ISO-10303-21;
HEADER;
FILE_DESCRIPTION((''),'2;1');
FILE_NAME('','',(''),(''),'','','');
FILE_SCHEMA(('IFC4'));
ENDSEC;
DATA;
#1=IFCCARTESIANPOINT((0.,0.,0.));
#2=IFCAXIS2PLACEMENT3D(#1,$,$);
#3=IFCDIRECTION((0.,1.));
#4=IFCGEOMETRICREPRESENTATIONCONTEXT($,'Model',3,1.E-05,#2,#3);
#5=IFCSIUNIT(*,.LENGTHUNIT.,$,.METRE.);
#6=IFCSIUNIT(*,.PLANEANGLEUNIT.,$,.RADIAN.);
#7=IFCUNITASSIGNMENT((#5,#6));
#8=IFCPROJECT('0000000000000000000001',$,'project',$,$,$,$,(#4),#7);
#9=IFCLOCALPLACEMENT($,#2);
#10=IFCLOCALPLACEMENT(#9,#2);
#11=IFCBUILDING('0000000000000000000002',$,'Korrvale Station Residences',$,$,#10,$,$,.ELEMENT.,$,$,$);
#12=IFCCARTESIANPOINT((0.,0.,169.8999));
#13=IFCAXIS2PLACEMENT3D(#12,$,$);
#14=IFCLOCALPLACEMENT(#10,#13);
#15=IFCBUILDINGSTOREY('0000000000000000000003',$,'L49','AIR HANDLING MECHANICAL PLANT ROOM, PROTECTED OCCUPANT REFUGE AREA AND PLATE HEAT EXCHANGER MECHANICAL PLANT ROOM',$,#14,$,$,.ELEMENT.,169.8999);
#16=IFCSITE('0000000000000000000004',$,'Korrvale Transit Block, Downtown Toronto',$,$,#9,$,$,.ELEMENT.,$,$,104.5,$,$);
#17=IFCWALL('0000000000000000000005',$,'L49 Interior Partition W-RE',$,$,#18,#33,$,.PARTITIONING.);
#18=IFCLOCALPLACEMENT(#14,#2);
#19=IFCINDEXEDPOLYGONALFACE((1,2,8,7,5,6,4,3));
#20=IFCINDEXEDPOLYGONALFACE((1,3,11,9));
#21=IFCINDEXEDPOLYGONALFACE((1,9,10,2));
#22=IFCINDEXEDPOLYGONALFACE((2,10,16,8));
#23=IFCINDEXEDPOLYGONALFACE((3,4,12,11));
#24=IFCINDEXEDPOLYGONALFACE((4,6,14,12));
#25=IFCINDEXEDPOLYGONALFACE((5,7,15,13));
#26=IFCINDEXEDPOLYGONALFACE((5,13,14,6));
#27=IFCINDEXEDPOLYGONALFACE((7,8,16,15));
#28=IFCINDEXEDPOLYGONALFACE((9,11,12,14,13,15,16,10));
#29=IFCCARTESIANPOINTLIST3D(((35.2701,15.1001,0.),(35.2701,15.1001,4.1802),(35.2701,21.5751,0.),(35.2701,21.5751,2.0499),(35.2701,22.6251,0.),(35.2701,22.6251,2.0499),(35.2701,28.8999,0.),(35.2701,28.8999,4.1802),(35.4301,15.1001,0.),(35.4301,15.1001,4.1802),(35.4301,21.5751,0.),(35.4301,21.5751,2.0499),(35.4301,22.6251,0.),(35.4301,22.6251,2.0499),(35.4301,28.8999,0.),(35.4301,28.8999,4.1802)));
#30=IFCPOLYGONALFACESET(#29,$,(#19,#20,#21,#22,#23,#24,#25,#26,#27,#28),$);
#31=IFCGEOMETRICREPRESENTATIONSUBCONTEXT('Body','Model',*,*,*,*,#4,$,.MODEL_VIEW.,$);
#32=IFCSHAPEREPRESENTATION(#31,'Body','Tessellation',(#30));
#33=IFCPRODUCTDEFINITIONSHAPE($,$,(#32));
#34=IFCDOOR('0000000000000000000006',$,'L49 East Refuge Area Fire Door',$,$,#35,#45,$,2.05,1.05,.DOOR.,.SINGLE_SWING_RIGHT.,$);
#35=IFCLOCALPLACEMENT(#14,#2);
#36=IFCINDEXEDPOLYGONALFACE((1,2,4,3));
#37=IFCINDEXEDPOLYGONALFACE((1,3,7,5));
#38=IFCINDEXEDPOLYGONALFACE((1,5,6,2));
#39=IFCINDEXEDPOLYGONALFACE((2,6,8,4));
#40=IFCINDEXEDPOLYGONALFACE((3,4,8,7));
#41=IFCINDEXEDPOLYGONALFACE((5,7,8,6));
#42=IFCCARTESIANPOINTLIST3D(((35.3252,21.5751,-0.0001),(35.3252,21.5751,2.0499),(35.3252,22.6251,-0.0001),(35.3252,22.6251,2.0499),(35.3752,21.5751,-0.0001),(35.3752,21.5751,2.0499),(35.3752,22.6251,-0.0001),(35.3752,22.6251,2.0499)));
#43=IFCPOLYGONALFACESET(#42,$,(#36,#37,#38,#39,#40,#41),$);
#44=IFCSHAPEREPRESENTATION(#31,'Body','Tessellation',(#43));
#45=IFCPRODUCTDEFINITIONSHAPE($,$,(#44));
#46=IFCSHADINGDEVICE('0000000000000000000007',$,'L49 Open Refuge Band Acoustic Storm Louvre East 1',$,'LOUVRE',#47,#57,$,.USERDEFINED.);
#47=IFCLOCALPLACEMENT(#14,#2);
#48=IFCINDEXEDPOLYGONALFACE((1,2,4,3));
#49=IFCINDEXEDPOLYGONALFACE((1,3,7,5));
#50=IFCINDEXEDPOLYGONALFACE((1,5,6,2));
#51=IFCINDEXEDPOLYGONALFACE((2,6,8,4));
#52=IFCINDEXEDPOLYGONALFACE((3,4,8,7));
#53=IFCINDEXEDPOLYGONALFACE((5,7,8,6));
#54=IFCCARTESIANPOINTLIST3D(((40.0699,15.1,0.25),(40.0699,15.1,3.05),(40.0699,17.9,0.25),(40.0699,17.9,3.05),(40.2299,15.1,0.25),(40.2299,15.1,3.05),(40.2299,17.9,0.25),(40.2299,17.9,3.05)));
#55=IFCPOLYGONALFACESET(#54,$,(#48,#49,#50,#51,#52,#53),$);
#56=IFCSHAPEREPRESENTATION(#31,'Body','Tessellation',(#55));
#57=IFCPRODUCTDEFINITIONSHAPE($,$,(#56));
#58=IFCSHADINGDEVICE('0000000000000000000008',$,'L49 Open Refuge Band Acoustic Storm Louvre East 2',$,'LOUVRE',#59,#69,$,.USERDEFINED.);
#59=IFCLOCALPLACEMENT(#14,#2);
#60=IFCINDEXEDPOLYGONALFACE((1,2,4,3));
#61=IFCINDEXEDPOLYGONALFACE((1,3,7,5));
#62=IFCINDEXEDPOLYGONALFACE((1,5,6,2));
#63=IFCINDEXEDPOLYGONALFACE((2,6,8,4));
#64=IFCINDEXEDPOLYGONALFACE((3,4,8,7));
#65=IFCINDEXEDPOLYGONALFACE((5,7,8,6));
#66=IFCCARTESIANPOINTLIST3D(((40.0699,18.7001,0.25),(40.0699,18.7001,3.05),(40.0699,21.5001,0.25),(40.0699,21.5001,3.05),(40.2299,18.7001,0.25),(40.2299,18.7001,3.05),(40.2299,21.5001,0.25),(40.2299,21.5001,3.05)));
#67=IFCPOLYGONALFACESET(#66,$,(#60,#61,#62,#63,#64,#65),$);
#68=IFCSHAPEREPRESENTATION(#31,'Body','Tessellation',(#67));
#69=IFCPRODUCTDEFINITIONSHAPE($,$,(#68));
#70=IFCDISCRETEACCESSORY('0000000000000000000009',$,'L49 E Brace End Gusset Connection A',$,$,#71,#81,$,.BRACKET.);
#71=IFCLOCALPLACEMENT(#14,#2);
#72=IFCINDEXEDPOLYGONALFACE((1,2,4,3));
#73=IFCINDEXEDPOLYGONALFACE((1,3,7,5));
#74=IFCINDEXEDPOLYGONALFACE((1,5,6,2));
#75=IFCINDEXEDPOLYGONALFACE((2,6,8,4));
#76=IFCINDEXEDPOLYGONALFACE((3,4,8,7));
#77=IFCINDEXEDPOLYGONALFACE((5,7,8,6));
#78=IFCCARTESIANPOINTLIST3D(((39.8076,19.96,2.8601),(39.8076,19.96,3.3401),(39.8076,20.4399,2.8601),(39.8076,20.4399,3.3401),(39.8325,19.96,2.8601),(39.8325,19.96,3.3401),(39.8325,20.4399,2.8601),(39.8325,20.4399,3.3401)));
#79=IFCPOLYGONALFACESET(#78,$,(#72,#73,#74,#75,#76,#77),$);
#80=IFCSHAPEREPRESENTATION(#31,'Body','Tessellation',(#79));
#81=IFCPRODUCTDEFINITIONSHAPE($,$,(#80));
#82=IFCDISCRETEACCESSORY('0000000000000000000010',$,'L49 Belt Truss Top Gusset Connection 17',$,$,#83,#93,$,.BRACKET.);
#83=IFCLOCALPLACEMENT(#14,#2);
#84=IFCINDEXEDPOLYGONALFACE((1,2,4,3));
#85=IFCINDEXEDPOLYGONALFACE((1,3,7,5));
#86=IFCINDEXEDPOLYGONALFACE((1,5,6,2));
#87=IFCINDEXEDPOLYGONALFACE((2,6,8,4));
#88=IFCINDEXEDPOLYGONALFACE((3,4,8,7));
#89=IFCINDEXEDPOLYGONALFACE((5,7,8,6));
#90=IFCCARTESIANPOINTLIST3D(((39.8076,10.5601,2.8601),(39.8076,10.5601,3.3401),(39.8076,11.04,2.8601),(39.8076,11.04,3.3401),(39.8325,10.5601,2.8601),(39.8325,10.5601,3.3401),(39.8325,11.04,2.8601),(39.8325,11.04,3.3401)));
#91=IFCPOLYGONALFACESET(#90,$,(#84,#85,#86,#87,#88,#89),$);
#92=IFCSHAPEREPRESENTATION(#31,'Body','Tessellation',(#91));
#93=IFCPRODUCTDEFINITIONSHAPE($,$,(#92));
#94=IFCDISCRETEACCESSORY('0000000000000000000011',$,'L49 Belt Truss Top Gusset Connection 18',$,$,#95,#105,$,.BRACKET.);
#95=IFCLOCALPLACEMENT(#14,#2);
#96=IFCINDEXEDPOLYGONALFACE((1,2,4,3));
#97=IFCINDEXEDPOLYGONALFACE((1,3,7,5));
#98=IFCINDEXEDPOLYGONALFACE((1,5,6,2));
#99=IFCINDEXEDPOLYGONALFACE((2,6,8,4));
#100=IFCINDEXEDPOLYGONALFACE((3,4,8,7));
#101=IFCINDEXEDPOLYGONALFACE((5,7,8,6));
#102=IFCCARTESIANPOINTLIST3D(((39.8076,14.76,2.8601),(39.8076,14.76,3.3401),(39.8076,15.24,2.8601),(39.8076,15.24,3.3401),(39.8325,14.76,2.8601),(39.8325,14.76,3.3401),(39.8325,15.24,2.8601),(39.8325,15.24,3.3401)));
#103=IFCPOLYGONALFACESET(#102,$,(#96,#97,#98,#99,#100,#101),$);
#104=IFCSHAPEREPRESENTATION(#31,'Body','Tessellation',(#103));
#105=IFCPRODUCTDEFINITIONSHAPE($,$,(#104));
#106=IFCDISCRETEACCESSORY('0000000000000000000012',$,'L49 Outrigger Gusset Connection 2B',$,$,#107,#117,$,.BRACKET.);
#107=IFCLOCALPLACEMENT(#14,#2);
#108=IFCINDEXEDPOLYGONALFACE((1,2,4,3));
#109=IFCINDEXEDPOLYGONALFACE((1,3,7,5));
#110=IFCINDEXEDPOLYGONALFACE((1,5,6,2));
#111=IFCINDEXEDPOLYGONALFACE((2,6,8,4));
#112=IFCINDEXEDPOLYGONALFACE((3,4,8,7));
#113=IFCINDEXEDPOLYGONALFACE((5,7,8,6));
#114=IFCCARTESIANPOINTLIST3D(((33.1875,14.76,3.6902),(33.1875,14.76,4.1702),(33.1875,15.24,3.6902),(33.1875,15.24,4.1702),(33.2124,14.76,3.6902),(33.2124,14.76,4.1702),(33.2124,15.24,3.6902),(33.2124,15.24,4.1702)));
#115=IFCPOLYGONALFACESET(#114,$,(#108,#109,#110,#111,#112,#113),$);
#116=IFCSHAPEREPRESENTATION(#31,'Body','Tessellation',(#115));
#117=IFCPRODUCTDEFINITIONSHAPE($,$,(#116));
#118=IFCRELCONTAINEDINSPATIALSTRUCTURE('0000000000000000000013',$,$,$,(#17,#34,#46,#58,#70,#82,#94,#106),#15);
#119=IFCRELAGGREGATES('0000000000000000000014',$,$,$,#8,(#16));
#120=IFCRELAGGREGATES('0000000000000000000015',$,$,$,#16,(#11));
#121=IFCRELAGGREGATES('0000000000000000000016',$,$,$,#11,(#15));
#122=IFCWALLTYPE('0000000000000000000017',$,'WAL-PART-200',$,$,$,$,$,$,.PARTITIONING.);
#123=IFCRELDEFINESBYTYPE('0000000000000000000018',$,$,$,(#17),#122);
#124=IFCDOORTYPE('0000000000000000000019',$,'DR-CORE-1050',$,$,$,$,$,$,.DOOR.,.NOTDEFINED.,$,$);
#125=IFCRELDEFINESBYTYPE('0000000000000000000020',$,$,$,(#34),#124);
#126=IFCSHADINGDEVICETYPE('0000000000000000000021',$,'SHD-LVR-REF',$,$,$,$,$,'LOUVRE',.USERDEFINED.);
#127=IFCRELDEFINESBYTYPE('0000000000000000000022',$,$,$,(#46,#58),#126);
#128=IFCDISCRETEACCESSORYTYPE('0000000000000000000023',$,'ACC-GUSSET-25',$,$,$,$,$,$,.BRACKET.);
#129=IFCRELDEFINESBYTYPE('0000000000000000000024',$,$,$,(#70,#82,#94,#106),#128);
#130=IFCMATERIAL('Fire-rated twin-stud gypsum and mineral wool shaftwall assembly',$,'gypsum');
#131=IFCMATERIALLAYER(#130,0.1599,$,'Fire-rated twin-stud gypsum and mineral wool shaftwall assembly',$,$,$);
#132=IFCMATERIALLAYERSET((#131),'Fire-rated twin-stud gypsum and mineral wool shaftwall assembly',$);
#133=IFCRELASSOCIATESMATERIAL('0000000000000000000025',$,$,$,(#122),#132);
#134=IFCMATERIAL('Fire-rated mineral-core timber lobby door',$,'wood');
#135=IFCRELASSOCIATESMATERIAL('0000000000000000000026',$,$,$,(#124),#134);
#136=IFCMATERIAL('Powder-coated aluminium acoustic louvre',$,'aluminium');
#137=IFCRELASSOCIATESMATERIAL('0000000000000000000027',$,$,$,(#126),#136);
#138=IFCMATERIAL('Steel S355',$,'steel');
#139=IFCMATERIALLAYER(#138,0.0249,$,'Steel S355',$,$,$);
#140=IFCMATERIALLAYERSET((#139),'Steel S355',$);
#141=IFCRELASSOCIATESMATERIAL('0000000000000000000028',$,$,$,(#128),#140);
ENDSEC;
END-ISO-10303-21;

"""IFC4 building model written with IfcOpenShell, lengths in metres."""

from ifc_helpers import new_model, si_unit, direction, frame, frame_2d, origin, origin_2d, place, context, subcontext, project, spatial, rectangle, extrude, material, layer, layer_set, type_object, element, fill, save


model = new_model("IFC4")

# Units and contexts
model_context = context("Model", 3, precision=1e-05, world=origin(), true_north=direction((0.0, 1.0)))
body_context = subcontext(model_context, "Body", "Model", "MODEL_VIEW")
ifc_project = project(units=[si_unit("LENGTHUNIT", "METRE"), si_unit("PLANEANGLEUNIT", "RADIAN")], contexts=[model_context])

# Site, building, storey
site_placement = place(None, origin())
site = spatial("IfcSite", under=ifc_project, at=site_placement, Name="Korrvale Transit Block, Downtown Toronto", CompositionType="ELEMENT", RefElevation=104.5)
building_placement = place(site_placement, origin())
building = spatial("IfcBuilding", under=site, at=building_placement, Name="Korrvale Station Residences", CompositionType="ELEMENT")
storey_placement = place(building_placement, frame((0.0, 0.0, 169.8999)))
storey = spatial("IfcBuildingStorey", under=building, at=storey_placement, Name="L49", Description="AIR HANDLING MECHANICAL PLANT ROOM, PROTECTED OCCUPANT REFUGE AREA AND PLATE HEAT EXCHANGER MECHANICAL PLANT ROOM", CompositionType="ELEMENT", Elevation=169.8999)

# Shared definitions
ifc_material_1 = material(Name="Steel S355", Category="steel")

# Wall, opening, door
ifc_material_2 = material(Name="Fire-rated twin-stud gypsum and mineral wool shaftwall assembly", Category="gypsum")
ifc_layer_1 = layer(ifc_material_2, 0.1599, Name="Fire-rated twin-stud gypsum and mineral wool shaftwall assembly")
ifc_layer_set_1 = layer_set([ifc_layer_1], Name="Fire-rated twin-stud gypsum and mineral wool shaftwall assembly")
wall_type = type_object("IfcWallType", Name="WAL-PART-200", PredefinedType="PARTITIONING", material=ifc_layer_set_1)
wall_placement = place(storey_placement, frame((35.3501, 15.1001, 0.0), z_axis=(0.0, 0.0, 1.0), x_axis=(0.0, 1.0, 0.0)))
wall = element("IfcWall", 1, at=wall_placement, inside=storey, type_object=wall_type, Name="L49 Interior Partition W-RE", PredefinedType="PARTITIONING", context=body_context, shape_type="SweptSolid", body=[
    extrude(rectangle(XDim=13.7998, YDim=0.1599, at=frame_2d((6.8999, 0.0))), origin(), (0.0, 0.0, 1.0), 4.1802),
])
opening_placement = place(wall_placement, frame((6.4751, 0.0, 0.0)))
opening = element("IfcOpeningElement", 2, at=opening_placement, cuts=wall, PredefinedType="OPENING", context=body_context, shape_type="SweptSolid", body=[
    extrude(rectangle(XDim=1.05, YDim=2.05, at=frame_2d((0.5249, 1.0249))), frame((0.0, 0.0898, 0.0), z_axis=(0.0, -1.0, 0.0), x_axis=(1.0, 0.0, 0.0)), (0.0, 0.0, 1.0), 0.1799),
])
ifc_material_3 = material(Name="Fire-rated mineral-core timber lobby door", Category="wood")
door_type = type_object("IfcDoorType", Name="DR-CORE-1050", OperationType="NOTDEFINED", PredefinedType="DOOR", material=ifc_material_3)
door_placement = place(opening_placement, origin())
door = element("IfcDoor", 3, at=door_placement, inside=storey, type_object=door_type, Name="L49 East Refuge Area Fire Door", OperationType="SINGLE_SWING_RIGHT", OverallHeight=2.05, OverallWidth=1.05, PredefinedType="DOOR", context=body_context, shape_type="SweptSolid", body=[
    extrude(rectangle(XDim=1.05, YDim=2.05, at=frame_2d((0.5249, 1.0249))), frame((0.0, 0.0249, 0.0), z_axis=(0.0, -1.0, 0.0), x_axis=(1.0, 0.0, 0.0)), (0.0, 0.0, 1.0), 0.05),
])
fill(opening, door)

# Shading devices
ifc_material_4 = material(Name="Powder-coated aluminium acoustic louvre", Category="aluminium")
shading_device_type = type_object("IfcShadingDeviceType", Name="SHD-LVR-REF", ElementType="LOUVRE", PredefinedType="USERDEFINED", material=ifc_material_4)
for number, where, z_axis, x_axis, name in (
    (4, (40.1499, 16.5, 0.25), (0.0, 0.0, 1.0), (1.0, 0.0, 0.0), "L49 Open Refuge Band Acoustic Storm Louvre East 1"),
    (5, (40.1499, 20.1001, 0.25), (0.0, 0.0, 1.0), (1.0, 0.0, 0.0), "L49 Open Refuge Band Acoustic Storm Louvre East 2"),
):
    element("IfcShadingDevice", number, at=place(storey_placement, frame(where, z_axis=z_axis, x_axis=x_axis)), inside=storey, type_object=shading_device_type, Name=name, ObjectType="LOUVRE", PredefinedType="USERDEFINED", context=body_context, shape_type="SweptSolid", body=[
        extrude(rectangle(XDim=0.1599, YDim=2.8, at=origin_2d()), origin(), (0.0, 0.0, 1.0), 2.8),
    ])

# Discrete accessories
ifc_layer_2 = layer(ifc_material_1, 0.0249, Name="Steel S355")
ifc_layer_set_2 = layer_set([ifc_layer_2], Name="Steel S355")
discrete_accessory_type = type_object("IfcDiscreteAccessoryType", Name="ACC-GUSSET-25", PredefinedType="BRACKET", material=ifc_layer_set_2)
for number, where, z_axis, x_axis, name in (
    (6, (39.8201, 20.2, 2.8601), (0.0, 0.0, 1.0), (0.0, 1.0, 0.0), "L49 E Brace End Gusset Connection A"),
    (7, (39.8201, 10.8, 2.8601), (0.0, 0.0, 1.0), (0.0, 1.0, 0.0), "L49 Belt Truss Top Gusset Connection 17"),
    (8, (39.8201, 15.0, 2.8601), (0.0, 0.0, 1.0), (0.0, 1.0, 0.0), "L49 Belt Truss Top Gusset Connection 18"),
    (9, (33.2, 15.0, 3.6902), (0.0, 0.0, 1.0), (0.0, 1.0, 0.0), "L49 Outrigger Gusset Connection 2B"),
):
    element("IfcDiscreteAccessory", number, at=place(storey_placement, frame(where, z_axis=z_axis, x_axis=x_axis)), inside=storey, type_object=discrete_accessory_type, Name=name, PredefinedType="BRACKET", context=body_context, shape_type="SweptSolid", body=[
        extrude(rectangle(XDim=0.48, YDim=0.0249, at=origin_2d()), origin(), (0.0, 0.0, 1.0), 0.48),
    ])

save(model, "model.ifc")
